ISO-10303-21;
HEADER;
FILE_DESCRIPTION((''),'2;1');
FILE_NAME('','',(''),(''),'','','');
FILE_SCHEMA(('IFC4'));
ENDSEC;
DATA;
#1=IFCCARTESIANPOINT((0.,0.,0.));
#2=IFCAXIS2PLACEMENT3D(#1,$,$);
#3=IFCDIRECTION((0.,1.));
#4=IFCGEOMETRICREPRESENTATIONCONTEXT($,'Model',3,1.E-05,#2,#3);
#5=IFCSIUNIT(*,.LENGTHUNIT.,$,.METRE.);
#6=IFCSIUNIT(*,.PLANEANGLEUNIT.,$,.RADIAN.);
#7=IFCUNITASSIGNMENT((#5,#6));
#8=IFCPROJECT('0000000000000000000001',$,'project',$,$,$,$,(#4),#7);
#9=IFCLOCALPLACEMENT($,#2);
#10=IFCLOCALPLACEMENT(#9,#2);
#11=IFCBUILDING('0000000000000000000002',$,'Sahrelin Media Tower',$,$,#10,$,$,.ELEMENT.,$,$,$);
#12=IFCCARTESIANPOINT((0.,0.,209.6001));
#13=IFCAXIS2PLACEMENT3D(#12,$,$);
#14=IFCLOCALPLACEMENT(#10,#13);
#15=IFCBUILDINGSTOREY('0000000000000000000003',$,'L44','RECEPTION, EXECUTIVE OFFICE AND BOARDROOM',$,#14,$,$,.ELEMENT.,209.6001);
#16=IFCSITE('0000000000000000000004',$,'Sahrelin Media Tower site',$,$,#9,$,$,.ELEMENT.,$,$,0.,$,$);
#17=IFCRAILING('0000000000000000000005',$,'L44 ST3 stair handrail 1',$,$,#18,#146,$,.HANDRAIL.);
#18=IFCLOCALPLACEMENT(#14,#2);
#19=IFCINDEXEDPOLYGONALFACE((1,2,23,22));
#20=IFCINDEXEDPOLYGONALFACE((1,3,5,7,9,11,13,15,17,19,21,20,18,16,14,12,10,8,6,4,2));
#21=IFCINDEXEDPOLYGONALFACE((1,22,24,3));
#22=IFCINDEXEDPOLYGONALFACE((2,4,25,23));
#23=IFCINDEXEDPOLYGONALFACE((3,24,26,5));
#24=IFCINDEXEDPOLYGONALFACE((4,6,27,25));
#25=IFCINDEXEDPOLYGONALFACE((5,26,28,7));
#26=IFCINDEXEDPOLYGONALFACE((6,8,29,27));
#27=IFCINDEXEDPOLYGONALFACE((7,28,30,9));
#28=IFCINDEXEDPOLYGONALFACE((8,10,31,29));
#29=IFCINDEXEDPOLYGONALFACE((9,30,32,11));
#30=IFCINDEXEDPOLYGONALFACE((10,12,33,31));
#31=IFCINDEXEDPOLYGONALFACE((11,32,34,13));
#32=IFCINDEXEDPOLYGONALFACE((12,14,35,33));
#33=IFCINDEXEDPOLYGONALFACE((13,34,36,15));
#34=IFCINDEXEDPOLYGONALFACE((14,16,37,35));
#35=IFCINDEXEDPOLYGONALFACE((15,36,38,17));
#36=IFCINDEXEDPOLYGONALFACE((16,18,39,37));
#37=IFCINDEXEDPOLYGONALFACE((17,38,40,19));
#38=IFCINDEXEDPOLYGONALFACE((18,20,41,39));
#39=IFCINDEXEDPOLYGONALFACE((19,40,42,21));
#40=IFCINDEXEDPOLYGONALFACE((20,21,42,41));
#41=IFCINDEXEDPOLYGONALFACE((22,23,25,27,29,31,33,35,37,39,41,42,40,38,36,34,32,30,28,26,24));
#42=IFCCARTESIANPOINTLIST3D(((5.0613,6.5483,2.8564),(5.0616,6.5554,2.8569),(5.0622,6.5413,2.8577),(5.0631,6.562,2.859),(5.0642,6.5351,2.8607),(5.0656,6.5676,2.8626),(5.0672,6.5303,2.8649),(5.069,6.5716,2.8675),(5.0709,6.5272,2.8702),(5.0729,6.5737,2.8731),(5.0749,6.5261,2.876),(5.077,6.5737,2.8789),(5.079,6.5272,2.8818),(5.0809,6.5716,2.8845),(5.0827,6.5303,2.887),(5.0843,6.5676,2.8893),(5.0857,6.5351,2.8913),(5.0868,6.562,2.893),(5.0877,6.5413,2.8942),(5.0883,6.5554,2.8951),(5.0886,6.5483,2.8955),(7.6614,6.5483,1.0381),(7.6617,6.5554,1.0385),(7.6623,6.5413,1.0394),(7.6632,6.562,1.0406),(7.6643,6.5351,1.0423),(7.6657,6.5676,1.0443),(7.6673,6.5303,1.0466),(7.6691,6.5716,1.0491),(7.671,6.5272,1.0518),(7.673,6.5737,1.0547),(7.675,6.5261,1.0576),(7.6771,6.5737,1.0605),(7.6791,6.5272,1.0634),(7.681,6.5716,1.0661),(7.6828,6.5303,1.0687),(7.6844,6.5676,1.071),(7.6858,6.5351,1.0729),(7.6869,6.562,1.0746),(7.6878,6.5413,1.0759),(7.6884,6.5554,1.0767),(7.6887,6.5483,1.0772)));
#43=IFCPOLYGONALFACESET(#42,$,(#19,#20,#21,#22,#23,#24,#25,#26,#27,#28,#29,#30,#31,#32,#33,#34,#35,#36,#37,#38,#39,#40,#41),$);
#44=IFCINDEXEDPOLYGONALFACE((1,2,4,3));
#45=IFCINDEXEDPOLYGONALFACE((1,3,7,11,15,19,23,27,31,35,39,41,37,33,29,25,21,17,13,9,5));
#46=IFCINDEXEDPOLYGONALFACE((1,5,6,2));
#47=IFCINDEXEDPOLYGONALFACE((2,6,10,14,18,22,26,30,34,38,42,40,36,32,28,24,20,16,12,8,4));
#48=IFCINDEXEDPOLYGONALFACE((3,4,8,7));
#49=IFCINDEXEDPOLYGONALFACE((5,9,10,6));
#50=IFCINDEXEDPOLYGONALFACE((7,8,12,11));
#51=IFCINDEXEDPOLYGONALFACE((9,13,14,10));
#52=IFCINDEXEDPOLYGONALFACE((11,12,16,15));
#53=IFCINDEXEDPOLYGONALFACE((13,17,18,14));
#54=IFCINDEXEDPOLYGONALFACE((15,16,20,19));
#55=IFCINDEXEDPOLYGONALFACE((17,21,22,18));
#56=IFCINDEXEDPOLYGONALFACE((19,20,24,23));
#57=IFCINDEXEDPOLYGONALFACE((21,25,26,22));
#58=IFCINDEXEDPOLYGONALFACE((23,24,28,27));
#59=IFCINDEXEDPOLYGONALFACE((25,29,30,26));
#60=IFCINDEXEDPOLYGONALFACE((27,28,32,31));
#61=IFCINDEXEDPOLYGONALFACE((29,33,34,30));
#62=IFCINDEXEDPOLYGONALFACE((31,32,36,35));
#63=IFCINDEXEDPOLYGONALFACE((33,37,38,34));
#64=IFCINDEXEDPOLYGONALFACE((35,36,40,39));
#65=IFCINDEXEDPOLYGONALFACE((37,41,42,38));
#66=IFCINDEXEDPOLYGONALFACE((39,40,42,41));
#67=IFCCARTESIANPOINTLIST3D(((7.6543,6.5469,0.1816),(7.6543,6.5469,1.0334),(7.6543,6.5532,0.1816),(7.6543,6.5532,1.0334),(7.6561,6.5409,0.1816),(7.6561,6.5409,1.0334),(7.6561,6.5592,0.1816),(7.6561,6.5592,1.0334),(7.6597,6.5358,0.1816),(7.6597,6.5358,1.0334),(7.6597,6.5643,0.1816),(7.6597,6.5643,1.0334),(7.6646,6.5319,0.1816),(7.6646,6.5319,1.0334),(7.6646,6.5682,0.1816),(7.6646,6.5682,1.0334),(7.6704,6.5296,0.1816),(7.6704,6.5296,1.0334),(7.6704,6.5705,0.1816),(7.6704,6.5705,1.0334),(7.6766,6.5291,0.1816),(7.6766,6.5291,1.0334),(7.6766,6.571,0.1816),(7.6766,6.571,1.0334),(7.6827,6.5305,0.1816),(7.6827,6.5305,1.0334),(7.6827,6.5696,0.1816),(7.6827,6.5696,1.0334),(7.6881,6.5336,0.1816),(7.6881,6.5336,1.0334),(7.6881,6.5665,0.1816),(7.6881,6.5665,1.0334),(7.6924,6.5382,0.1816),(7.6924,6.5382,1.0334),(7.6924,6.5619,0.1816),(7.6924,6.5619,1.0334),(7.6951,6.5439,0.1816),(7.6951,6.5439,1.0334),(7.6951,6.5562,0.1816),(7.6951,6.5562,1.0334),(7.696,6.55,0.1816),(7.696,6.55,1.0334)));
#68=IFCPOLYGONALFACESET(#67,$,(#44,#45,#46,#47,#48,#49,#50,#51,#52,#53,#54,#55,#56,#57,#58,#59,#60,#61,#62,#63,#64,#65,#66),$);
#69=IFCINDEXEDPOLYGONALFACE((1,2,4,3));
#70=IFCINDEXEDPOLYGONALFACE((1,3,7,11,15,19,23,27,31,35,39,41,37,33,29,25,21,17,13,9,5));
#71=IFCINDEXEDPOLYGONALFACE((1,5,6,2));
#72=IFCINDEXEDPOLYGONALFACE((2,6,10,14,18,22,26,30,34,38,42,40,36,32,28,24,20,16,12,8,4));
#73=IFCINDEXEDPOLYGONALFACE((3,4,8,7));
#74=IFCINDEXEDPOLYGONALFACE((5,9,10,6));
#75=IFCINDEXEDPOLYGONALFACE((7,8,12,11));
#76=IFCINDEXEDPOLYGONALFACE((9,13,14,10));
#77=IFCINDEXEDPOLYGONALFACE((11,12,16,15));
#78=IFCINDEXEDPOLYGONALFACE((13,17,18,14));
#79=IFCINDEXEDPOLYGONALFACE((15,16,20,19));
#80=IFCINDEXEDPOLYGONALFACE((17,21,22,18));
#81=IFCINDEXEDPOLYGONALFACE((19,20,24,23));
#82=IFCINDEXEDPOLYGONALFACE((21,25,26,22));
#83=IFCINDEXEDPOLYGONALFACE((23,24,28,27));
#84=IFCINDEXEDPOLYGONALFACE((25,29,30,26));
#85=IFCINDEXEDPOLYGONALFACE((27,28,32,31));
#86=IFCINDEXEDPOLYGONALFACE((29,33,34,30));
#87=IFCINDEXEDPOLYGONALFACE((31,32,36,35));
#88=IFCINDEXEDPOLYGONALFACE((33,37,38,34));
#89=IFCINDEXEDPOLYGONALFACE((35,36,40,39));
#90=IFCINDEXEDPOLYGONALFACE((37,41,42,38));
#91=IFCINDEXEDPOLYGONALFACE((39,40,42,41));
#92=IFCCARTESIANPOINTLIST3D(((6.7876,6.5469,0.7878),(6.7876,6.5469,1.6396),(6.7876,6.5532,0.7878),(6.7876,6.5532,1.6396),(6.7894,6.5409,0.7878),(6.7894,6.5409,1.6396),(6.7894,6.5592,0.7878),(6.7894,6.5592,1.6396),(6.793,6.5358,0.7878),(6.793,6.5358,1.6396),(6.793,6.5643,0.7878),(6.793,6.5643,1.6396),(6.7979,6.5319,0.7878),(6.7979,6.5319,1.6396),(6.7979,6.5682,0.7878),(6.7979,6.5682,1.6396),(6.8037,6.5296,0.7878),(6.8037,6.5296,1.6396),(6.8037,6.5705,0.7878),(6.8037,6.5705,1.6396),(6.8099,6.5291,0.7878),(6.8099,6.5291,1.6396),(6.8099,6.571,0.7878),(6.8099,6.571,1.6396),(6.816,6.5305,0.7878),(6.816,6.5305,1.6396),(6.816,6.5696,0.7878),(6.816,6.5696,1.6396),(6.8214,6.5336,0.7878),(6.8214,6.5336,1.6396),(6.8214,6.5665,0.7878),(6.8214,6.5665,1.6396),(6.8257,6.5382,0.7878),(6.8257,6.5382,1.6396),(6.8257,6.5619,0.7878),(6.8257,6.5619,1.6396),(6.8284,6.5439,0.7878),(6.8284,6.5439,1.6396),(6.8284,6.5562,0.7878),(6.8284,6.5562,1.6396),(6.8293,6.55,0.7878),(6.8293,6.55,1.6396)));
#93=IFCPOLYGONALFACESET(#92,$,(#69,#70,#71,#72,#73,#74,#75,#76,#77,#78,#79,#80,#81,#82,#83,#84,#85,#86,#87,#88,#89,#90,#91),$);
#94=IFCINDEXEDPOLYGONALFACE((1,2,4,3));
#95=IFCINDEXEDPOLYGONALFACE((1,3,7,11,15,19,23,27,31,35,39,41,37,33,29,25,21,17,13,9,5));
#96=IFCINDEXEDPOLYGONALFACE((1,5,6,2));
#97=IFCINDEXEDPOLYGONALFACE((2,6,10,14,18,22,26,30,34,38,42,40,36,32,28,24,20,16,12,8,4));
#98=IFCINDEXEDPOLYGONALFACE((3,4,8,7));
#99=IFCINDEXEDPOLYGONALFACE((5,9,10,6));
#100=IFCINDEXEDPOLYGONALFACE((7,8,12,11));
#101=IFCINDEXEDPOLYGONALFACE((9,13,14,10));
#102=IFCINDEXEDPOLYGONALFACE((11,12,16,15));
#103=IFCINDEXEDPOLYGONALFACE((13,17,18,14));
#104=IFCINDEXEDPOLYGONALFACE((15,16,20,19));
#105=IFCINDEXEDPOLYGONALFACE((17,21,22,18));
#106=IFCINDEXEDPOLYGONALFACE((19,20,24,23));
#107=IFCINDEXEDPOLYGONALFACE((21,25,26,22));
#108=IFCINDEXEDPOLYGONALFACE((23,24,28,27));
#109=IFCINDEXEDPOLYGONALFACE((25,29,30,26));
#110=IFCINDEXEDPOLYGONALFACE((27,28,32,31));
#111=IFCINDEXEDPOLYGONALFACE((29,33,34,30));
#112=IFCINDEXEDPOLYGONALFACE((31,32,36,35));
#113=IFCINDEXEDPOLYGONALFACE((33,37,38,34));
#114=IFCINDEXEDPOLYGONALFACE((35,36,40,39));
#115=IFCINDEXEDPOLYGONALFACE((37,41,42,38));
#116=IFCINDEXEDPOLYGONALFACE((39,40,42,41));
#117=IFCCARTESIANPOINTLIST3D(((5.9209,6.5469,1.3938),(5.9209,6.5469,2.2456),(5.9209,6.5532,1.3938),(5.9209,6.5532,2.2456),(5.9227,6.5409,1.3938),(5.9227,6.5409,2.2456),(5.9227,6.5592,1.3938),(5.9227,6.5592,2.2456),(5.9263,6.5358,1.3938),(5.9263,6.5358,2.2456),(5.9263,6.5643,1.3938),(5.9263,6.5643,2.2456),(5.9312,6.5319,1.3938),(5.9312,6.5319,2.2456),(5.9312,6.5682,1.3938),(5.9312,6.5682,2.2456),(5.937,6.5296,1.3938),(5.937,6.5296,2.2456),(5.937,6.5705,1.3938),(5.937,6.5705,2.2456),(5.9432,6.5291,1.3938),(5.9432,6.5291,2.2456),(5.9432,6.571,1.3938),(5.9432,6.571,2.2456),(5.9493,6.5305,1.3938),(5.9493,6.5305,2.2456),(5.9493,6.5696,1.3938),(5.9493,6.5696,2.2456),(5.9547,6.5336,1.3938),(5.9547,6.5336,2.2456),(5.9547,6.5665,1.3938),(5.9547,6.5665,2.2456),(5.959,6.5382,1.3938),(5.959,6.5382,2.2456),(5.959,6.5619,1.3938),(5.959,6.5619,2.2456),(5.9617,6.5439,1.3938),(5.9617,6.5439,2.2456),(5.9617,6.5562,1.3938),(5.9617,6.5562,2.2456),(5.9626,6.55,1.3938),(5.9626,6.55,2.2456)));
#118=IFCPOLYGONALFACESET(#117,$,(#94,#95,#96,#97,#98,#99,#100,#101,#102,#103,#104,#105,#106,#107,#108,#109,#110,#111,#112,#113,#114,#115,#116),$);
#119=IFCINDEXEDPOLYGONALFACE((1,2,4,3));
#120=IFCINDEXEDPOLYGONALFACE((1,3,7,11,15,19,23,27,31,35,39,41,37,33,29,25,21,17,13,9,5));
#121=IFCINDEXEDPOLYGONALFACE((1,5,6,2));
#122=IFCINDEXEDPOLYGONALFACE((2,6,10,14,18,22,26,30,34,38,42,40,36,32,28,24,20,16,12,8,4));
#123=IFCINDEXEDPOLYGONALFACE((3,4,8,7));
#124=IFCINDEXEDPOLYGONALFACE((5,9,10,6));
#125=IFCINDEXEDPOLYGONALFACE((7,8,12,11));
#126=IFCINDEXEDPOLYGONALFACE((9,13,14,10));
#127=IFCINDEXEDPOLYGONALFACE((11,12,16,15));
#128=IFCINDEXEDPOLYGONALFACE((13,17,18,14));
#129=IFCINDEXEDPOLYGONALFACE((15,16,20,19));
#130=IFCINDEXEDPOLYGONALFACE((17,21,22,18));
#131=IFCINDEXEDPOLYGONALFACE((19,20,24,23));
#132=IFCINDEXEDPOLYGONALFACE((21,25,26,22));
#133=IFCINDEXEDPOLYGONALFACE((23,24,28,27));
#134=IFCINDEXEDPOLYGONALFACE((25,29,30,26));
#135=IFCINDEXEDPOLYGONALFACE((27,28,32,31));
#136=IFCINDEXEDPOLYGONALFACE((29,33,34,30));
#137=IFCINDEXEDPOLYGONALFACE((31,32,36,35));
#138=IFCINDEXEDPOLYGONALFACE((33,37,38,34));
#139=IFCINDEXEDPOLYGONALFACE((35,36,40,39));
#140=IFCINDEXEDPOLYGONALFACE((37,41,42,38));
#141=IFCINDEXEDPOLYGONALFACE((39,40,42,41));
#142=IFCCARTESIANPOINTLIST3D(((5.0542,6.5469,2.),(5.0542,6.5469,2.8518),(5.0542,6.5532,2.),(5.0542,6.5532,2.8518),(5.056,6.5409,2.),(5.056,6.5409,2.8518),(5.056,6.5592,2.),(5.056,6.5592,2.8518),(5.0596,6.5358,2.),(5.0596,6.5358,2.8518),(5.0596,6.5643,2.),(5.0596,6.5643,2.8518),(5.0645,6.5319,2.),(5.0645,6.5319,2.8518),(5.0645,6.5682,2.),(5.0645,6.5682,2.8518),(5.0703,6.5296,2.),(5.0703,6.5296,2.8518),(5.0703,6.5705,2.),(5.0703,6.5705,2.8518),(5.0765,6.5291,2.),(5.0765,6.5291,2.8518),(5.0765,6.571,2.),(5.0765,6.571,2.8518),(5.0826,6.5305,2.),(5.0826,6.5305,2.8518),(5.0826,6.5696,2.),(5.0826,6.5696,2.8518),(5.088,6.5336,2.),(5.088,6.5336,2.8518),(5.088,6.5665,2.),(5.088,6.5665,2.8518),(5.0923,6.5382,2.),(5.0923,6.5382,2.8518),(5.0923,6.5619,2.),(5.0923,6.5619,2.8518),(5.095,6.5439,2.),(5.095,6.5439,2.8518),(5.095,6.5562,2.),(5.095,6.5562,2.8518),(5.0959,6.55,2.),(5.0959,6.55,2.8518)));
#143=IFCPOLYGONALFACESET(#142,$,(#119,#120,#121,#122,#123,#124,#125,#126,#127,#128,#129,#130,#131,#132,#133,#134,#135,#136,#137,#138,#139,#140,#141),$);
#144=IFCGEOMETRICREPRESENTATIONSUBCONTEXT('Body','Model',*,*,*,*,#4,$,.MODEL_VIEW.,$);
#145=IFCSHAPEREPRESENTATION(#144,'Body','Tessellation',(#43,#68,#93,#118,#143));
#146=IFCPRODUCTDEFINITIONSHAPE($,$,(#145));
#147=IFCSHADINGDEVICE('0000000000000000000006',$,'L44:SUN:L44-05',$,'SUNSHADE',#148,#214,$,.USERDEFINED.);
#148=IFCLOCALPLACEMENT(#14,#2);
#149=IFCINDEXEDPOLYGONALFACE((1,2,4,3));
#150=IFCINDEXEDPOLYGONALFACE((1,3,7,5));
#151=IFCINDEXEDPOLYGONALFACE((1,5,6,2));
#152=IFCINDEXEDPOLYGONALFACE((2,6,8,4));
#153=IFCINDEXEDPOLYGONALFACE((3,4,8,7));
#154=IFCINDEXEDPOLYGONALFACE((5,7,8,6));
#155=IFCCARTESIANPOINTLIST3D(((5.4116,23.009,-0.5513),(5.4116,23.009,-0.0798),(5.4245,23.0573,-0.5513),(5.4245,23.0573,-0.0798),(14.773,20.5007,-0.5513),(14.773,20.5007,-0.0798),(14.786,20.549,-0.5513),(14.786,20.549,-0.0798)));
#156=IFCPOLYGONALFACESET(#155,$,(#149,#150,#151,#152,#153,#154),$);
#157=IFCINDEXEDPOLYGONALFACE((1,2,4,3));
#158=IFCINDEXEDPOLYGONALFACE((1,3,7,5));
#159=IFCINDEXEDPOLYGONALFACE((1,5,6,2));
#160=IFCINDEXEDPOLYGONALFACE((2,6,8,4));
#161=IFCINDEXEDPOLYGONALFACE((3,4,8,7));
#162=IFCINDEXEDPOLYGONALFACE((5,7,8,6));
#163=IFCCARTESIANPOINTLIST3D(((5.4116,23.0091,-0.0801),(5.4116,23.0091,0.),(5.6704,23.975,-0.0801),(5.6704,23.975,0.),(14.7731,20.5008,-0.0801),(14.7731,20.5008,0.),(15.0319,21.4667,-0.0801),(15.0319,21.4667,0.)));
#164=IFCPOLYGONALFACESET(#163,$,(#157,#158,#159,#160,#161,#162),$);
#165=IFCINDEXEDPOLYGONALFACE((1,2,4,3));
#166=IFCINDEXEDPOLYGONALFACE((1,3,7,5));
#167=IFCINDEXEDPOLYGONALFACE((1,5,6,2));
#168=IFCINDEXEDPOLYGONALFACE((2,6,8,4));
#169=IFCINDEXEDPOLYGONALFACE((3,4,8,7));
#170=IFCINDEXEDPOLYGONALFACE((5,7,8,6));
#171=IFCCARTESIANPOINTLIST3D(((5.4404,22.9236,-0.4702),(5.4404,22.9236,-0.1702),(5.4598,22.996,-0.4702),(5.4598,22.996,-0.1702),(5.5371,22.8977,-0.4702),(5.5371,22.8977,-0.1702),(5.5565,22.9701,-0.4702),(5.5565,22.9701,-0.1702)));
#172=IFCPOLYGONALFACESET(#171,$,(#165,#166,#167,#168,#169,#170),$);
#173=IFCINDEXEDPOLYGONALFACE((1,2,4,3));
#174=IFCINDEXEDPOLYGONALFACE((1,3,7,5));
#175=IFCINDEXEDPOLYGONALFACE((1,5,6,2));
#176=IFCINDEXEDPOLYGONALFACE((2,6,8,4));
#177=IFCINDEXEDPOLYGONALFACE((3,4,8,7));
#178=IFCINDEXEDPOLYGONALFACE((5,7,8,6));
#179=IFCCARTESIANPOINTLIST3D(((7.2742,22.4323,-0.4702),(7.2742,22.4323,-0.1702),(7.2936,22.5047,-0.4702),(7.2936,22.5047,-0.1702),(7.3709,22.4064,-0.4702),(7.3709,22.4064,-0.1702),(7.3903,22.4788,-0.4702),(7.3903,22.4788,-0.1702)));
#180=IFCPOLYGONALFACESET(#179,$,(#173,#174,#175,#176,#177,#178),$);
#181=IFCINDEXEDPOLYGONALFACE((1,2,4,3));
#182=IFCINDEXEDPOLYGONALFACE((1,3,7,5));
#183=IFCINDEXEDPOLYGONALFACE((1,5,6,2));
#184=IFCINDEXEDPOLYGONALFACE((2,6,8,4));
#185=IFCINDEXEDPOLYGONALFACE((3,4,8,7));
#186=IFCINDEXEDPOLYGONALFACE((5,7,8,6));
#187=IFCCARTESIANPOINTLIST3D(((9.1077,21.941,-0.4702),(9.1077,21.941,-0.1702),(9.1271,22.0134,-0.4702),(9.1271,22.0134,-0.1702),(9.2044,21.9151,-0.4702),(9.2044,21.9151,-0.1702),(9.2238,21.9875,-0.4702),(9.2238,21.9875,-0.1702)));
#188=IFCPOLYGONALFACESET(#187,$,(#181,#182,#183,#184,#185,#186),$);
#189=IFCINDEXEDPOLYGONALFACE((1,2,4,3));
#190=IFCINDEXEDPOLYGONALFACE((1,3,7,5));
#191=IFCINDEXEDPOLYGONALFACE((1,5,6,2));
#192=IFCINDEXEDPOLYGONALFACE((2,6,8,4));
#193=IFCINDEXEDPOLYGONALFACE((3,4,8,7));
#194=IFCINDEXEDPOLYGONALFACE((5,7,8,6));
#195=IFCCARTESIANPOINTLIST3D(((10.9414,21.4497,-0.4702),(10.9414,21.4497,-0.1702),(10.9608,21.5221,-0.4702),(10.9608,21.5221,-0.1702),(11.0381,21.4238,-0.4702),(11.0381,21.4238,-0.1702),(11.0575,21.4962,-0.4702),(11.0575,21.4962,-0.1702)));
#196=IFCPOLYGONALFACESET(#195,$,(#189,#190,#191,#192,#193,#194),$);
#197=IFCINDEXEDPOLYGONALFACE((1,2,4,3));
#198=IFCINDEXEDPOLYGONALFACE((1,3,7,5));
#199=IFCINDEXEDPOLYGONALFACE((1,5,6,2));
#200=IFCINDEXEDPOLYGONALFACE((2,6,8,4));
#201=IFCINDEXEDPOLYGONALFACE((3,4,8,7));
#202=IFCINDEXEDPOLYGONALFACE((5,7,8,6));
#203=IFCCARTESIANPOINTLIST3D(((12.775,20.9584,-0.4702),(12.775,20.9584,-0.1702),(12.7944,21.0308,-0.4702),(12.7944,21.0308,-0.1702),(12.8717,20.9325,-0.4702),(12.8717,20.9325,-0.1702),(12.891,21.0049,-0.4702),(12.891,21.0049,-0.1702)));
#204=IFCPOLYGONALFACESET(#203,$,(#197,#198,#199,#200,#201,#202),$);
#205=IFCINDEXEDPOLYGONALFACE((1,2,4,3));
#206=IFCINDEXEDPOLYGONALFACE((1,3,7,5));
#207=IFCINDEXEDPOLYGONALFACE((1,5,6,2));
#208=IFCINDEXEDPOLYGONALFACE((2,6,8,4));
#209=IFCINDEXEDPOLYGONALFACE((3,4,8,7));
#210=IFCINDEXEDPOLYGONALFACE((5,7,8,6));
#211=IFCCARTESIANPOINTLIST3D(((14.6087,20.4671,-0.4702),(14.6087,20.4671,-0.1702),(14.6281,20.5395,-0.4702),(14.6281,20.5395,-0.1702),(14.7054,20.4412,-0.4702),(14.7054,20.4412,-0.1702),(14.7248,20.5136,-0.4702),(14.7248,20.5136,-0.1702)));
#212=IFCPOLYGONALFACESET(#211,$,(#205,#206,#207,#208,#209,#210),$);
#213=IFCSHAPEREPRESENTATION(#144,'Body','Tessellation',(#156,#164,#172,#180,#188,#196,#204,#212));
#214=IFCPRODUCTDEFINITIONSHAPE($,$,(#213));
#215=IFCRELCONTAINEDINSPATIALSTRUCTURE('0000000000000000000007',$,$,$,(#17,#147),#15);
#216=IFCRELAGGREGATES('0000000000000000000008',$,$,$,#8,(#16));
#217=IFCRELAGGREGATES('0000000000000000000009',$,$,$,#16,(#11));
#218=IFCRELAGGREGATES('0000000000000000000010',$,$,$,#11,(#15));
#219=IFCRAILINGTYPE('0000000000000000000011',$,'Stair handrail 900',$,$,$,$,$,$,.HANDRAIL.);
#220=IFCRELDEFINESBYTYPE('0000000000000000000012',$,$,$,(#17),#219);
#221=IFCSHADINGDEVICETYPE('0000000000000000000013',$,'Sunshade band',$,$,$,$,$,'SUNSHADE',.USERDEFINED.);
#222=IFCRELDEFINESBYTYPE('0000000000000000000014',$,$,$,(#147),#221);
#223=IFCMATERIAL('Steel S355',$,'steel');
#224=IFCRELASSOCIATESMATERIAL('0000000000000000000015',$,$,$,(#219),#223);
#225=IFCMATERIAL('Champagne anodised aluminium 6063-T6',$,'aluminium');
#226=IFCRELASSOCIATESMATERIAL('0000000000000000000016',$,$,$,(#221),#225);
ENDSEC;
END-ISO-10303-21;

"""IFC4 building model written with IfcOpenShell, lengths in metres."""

from ifc_helpers import new_model, si_unit, direction, frame, origin, origin_2d, place, context, subcontext, project, spatial, rectangle, circle, extrude, material, type_object, element, save


model = new_model("IFC4")

# Units and contexts
model_context = context("Model", 3, precision=1e-05, world=origin(), true_north=direction((0.0, 1.0)))
body_context = subcontext(model_context, "Body", "Model", "MODEL_VIEW")
ifc_project = project(units=[si_unit("LENGTHUNIT", "METRE"), si_unit("PLANEANGLEUNIT", "RADIAN")], contexts=[model_context])

# Site, building, storey
site_placement = place(None, origin())
site = spatial("IfcSite", under=ifc_project, at=site_placement, Name="Sahrelin Media Tower site", CompositionType="ELEMENT", RefElevation=0.0)
building_placement = place(site_placement, origin())
building = spatial("IfcBuilding", under=site, at=building_placement, Name="Sahrelin Media Tower", CompositionType="ELEMENT")
storey_placement = place(building_placement, frame((0.0, 0.0, 209.6001)))
storey = spatial("IfcBuildingStorey", under=building, at=storey_placement, Name="L44", Description="RECEPTION, EXECUTIVE OFFICE AND BOARDROOM", CompositionType="ELEMENT", Elevation=209.6001)

# Shared definitions
ifc_material_1 = material(Name="Steel S355", Category="steel")

# Shared definitions
ifc_material_2 = material(Name="Champagne anodised aluminium 6063-T6", Category="aluminium")

# Shared definitions
placement_1 = place(storey_placement, frame((10.0872, 21.7356, 0.0), z_axis=(0.0, 0.0, 1.0), x_axis=(0.965929, -0.258808, 0.0)))

# Railing
railing_type = type_object("IfcRailingType", Name="Stair handrail 900", PredefinedType="HANDRAIL", material=ifc_material_1)
railing_placement = place(storey_placement, frame((7.675, 6.55, 0.1816)))
element("IfcRailing", 1, at=railing_placement, inside=storey, type_object=railing_type, Name="L44 ST3 stair handrail 1", PredefinedType="HANDRAIL", context=body_context, shape_type="SweptSolid", body=[
    extrude(circle(Radius=0.0239, at=origin_2d()), frame((0.0, 0.0, 0.876), z_axis=(-0.819485, 0.0, 0.573101), x_axis=(0.0, -1.0, 0.0)), (0.0, 0.0, 1.0), 3.1729),
    extrude(circle(Radius=0.021, at=origin_2d()), origin(), (0.0, 0.0, 1.0), 0.8518),
    extrude(circle(Radius=0.021, at=origin_2d()), frame((-0.8667, 0.0, 0.6062)), (0.0, 0.0, 1.0), 0.8518),
    extrude(circle(Radius=0.021, at=origin_2d()), frame((-1.7334, 0.0, 1.2122)), (0.0, 0.0, 1.0), 0.8518),
    extrude(circle(Radius=0.021, at=origin_2d()), frame((-2.6001, 0.0, 1.8184)), (0.0, 0.0, 1.0), 0.8518),
])

# Shading device
shading_device_type_1 = type_object("IfcShadingDeviceType", Name="Sunshade band", ElementType="SUNSHADE", PredefinedType="USERDEFINED", material=ifc_material_2)
element("IfcShadingDevice", 2, at=placement_1, inside=storey, type_object=shading_device_type_1, Name="L44:SUN:L44-05", ObjectType="SUNSHADE", PredefinedType="USERDEFINED", context=body_context, shape_type="SweptSolid", body=[
    extrude(rectangle(XDim=9.6917, YDim=0.05, at=origin_2d()), frame((0.0, 0.0449, -0.5513)), (0.0, 0.0, 1.0), 0.4714),
    extrude(rectangle(XDim=9.6917, YDim=1.0, at=origin_2d()), frame((0.0, 0.52, -0.0801)), (0.0, 0.0, 1.0), 0.0801),
    extrude(rectangle(XDim=0.1001, YDim=0.075, at=origin_2d()), frame((-4.7458, -0.0176, -0.4702)), (0.0, 0.0, 1.0), 0.3),
    extrude(rectangle(XDim=0.1001, YDim=0.075, at=origin_2d()), frame((-2.8474, -0.0176, -0.4702)), (0.0, 0.0, 1.0), 0.3),
    extrude(rectangle(XDim=0.1001, YDim=0.075, at=origin_2d()), frame((-0.9492, -0.0176, -0.4702)), (0.0, 0.0, 1.0), 0.3),
    extrude(rectangle(XDim=0.1001, YDim=0.075, at=origin_2d()), frame((0.9492, -0.0176, -0.4702)), (0.0, 0.0, 1.0), 0.3),
    extrude(rectangle(XDim=0.1001, YDim=0.075, at=origin_2d()), frame((2.8474, -0.0176, -0.4702)), (0.0, 0.0, 1.0), 0.3),
    extrude(rectangle(XDim=0.1001, YDim=0.075, at=origin_2d()), frame((4.7458, -0.0176, -0.4702)), (0.0, 0.0, 1.0), 0.3),
])

save(model, "model.ifc")
